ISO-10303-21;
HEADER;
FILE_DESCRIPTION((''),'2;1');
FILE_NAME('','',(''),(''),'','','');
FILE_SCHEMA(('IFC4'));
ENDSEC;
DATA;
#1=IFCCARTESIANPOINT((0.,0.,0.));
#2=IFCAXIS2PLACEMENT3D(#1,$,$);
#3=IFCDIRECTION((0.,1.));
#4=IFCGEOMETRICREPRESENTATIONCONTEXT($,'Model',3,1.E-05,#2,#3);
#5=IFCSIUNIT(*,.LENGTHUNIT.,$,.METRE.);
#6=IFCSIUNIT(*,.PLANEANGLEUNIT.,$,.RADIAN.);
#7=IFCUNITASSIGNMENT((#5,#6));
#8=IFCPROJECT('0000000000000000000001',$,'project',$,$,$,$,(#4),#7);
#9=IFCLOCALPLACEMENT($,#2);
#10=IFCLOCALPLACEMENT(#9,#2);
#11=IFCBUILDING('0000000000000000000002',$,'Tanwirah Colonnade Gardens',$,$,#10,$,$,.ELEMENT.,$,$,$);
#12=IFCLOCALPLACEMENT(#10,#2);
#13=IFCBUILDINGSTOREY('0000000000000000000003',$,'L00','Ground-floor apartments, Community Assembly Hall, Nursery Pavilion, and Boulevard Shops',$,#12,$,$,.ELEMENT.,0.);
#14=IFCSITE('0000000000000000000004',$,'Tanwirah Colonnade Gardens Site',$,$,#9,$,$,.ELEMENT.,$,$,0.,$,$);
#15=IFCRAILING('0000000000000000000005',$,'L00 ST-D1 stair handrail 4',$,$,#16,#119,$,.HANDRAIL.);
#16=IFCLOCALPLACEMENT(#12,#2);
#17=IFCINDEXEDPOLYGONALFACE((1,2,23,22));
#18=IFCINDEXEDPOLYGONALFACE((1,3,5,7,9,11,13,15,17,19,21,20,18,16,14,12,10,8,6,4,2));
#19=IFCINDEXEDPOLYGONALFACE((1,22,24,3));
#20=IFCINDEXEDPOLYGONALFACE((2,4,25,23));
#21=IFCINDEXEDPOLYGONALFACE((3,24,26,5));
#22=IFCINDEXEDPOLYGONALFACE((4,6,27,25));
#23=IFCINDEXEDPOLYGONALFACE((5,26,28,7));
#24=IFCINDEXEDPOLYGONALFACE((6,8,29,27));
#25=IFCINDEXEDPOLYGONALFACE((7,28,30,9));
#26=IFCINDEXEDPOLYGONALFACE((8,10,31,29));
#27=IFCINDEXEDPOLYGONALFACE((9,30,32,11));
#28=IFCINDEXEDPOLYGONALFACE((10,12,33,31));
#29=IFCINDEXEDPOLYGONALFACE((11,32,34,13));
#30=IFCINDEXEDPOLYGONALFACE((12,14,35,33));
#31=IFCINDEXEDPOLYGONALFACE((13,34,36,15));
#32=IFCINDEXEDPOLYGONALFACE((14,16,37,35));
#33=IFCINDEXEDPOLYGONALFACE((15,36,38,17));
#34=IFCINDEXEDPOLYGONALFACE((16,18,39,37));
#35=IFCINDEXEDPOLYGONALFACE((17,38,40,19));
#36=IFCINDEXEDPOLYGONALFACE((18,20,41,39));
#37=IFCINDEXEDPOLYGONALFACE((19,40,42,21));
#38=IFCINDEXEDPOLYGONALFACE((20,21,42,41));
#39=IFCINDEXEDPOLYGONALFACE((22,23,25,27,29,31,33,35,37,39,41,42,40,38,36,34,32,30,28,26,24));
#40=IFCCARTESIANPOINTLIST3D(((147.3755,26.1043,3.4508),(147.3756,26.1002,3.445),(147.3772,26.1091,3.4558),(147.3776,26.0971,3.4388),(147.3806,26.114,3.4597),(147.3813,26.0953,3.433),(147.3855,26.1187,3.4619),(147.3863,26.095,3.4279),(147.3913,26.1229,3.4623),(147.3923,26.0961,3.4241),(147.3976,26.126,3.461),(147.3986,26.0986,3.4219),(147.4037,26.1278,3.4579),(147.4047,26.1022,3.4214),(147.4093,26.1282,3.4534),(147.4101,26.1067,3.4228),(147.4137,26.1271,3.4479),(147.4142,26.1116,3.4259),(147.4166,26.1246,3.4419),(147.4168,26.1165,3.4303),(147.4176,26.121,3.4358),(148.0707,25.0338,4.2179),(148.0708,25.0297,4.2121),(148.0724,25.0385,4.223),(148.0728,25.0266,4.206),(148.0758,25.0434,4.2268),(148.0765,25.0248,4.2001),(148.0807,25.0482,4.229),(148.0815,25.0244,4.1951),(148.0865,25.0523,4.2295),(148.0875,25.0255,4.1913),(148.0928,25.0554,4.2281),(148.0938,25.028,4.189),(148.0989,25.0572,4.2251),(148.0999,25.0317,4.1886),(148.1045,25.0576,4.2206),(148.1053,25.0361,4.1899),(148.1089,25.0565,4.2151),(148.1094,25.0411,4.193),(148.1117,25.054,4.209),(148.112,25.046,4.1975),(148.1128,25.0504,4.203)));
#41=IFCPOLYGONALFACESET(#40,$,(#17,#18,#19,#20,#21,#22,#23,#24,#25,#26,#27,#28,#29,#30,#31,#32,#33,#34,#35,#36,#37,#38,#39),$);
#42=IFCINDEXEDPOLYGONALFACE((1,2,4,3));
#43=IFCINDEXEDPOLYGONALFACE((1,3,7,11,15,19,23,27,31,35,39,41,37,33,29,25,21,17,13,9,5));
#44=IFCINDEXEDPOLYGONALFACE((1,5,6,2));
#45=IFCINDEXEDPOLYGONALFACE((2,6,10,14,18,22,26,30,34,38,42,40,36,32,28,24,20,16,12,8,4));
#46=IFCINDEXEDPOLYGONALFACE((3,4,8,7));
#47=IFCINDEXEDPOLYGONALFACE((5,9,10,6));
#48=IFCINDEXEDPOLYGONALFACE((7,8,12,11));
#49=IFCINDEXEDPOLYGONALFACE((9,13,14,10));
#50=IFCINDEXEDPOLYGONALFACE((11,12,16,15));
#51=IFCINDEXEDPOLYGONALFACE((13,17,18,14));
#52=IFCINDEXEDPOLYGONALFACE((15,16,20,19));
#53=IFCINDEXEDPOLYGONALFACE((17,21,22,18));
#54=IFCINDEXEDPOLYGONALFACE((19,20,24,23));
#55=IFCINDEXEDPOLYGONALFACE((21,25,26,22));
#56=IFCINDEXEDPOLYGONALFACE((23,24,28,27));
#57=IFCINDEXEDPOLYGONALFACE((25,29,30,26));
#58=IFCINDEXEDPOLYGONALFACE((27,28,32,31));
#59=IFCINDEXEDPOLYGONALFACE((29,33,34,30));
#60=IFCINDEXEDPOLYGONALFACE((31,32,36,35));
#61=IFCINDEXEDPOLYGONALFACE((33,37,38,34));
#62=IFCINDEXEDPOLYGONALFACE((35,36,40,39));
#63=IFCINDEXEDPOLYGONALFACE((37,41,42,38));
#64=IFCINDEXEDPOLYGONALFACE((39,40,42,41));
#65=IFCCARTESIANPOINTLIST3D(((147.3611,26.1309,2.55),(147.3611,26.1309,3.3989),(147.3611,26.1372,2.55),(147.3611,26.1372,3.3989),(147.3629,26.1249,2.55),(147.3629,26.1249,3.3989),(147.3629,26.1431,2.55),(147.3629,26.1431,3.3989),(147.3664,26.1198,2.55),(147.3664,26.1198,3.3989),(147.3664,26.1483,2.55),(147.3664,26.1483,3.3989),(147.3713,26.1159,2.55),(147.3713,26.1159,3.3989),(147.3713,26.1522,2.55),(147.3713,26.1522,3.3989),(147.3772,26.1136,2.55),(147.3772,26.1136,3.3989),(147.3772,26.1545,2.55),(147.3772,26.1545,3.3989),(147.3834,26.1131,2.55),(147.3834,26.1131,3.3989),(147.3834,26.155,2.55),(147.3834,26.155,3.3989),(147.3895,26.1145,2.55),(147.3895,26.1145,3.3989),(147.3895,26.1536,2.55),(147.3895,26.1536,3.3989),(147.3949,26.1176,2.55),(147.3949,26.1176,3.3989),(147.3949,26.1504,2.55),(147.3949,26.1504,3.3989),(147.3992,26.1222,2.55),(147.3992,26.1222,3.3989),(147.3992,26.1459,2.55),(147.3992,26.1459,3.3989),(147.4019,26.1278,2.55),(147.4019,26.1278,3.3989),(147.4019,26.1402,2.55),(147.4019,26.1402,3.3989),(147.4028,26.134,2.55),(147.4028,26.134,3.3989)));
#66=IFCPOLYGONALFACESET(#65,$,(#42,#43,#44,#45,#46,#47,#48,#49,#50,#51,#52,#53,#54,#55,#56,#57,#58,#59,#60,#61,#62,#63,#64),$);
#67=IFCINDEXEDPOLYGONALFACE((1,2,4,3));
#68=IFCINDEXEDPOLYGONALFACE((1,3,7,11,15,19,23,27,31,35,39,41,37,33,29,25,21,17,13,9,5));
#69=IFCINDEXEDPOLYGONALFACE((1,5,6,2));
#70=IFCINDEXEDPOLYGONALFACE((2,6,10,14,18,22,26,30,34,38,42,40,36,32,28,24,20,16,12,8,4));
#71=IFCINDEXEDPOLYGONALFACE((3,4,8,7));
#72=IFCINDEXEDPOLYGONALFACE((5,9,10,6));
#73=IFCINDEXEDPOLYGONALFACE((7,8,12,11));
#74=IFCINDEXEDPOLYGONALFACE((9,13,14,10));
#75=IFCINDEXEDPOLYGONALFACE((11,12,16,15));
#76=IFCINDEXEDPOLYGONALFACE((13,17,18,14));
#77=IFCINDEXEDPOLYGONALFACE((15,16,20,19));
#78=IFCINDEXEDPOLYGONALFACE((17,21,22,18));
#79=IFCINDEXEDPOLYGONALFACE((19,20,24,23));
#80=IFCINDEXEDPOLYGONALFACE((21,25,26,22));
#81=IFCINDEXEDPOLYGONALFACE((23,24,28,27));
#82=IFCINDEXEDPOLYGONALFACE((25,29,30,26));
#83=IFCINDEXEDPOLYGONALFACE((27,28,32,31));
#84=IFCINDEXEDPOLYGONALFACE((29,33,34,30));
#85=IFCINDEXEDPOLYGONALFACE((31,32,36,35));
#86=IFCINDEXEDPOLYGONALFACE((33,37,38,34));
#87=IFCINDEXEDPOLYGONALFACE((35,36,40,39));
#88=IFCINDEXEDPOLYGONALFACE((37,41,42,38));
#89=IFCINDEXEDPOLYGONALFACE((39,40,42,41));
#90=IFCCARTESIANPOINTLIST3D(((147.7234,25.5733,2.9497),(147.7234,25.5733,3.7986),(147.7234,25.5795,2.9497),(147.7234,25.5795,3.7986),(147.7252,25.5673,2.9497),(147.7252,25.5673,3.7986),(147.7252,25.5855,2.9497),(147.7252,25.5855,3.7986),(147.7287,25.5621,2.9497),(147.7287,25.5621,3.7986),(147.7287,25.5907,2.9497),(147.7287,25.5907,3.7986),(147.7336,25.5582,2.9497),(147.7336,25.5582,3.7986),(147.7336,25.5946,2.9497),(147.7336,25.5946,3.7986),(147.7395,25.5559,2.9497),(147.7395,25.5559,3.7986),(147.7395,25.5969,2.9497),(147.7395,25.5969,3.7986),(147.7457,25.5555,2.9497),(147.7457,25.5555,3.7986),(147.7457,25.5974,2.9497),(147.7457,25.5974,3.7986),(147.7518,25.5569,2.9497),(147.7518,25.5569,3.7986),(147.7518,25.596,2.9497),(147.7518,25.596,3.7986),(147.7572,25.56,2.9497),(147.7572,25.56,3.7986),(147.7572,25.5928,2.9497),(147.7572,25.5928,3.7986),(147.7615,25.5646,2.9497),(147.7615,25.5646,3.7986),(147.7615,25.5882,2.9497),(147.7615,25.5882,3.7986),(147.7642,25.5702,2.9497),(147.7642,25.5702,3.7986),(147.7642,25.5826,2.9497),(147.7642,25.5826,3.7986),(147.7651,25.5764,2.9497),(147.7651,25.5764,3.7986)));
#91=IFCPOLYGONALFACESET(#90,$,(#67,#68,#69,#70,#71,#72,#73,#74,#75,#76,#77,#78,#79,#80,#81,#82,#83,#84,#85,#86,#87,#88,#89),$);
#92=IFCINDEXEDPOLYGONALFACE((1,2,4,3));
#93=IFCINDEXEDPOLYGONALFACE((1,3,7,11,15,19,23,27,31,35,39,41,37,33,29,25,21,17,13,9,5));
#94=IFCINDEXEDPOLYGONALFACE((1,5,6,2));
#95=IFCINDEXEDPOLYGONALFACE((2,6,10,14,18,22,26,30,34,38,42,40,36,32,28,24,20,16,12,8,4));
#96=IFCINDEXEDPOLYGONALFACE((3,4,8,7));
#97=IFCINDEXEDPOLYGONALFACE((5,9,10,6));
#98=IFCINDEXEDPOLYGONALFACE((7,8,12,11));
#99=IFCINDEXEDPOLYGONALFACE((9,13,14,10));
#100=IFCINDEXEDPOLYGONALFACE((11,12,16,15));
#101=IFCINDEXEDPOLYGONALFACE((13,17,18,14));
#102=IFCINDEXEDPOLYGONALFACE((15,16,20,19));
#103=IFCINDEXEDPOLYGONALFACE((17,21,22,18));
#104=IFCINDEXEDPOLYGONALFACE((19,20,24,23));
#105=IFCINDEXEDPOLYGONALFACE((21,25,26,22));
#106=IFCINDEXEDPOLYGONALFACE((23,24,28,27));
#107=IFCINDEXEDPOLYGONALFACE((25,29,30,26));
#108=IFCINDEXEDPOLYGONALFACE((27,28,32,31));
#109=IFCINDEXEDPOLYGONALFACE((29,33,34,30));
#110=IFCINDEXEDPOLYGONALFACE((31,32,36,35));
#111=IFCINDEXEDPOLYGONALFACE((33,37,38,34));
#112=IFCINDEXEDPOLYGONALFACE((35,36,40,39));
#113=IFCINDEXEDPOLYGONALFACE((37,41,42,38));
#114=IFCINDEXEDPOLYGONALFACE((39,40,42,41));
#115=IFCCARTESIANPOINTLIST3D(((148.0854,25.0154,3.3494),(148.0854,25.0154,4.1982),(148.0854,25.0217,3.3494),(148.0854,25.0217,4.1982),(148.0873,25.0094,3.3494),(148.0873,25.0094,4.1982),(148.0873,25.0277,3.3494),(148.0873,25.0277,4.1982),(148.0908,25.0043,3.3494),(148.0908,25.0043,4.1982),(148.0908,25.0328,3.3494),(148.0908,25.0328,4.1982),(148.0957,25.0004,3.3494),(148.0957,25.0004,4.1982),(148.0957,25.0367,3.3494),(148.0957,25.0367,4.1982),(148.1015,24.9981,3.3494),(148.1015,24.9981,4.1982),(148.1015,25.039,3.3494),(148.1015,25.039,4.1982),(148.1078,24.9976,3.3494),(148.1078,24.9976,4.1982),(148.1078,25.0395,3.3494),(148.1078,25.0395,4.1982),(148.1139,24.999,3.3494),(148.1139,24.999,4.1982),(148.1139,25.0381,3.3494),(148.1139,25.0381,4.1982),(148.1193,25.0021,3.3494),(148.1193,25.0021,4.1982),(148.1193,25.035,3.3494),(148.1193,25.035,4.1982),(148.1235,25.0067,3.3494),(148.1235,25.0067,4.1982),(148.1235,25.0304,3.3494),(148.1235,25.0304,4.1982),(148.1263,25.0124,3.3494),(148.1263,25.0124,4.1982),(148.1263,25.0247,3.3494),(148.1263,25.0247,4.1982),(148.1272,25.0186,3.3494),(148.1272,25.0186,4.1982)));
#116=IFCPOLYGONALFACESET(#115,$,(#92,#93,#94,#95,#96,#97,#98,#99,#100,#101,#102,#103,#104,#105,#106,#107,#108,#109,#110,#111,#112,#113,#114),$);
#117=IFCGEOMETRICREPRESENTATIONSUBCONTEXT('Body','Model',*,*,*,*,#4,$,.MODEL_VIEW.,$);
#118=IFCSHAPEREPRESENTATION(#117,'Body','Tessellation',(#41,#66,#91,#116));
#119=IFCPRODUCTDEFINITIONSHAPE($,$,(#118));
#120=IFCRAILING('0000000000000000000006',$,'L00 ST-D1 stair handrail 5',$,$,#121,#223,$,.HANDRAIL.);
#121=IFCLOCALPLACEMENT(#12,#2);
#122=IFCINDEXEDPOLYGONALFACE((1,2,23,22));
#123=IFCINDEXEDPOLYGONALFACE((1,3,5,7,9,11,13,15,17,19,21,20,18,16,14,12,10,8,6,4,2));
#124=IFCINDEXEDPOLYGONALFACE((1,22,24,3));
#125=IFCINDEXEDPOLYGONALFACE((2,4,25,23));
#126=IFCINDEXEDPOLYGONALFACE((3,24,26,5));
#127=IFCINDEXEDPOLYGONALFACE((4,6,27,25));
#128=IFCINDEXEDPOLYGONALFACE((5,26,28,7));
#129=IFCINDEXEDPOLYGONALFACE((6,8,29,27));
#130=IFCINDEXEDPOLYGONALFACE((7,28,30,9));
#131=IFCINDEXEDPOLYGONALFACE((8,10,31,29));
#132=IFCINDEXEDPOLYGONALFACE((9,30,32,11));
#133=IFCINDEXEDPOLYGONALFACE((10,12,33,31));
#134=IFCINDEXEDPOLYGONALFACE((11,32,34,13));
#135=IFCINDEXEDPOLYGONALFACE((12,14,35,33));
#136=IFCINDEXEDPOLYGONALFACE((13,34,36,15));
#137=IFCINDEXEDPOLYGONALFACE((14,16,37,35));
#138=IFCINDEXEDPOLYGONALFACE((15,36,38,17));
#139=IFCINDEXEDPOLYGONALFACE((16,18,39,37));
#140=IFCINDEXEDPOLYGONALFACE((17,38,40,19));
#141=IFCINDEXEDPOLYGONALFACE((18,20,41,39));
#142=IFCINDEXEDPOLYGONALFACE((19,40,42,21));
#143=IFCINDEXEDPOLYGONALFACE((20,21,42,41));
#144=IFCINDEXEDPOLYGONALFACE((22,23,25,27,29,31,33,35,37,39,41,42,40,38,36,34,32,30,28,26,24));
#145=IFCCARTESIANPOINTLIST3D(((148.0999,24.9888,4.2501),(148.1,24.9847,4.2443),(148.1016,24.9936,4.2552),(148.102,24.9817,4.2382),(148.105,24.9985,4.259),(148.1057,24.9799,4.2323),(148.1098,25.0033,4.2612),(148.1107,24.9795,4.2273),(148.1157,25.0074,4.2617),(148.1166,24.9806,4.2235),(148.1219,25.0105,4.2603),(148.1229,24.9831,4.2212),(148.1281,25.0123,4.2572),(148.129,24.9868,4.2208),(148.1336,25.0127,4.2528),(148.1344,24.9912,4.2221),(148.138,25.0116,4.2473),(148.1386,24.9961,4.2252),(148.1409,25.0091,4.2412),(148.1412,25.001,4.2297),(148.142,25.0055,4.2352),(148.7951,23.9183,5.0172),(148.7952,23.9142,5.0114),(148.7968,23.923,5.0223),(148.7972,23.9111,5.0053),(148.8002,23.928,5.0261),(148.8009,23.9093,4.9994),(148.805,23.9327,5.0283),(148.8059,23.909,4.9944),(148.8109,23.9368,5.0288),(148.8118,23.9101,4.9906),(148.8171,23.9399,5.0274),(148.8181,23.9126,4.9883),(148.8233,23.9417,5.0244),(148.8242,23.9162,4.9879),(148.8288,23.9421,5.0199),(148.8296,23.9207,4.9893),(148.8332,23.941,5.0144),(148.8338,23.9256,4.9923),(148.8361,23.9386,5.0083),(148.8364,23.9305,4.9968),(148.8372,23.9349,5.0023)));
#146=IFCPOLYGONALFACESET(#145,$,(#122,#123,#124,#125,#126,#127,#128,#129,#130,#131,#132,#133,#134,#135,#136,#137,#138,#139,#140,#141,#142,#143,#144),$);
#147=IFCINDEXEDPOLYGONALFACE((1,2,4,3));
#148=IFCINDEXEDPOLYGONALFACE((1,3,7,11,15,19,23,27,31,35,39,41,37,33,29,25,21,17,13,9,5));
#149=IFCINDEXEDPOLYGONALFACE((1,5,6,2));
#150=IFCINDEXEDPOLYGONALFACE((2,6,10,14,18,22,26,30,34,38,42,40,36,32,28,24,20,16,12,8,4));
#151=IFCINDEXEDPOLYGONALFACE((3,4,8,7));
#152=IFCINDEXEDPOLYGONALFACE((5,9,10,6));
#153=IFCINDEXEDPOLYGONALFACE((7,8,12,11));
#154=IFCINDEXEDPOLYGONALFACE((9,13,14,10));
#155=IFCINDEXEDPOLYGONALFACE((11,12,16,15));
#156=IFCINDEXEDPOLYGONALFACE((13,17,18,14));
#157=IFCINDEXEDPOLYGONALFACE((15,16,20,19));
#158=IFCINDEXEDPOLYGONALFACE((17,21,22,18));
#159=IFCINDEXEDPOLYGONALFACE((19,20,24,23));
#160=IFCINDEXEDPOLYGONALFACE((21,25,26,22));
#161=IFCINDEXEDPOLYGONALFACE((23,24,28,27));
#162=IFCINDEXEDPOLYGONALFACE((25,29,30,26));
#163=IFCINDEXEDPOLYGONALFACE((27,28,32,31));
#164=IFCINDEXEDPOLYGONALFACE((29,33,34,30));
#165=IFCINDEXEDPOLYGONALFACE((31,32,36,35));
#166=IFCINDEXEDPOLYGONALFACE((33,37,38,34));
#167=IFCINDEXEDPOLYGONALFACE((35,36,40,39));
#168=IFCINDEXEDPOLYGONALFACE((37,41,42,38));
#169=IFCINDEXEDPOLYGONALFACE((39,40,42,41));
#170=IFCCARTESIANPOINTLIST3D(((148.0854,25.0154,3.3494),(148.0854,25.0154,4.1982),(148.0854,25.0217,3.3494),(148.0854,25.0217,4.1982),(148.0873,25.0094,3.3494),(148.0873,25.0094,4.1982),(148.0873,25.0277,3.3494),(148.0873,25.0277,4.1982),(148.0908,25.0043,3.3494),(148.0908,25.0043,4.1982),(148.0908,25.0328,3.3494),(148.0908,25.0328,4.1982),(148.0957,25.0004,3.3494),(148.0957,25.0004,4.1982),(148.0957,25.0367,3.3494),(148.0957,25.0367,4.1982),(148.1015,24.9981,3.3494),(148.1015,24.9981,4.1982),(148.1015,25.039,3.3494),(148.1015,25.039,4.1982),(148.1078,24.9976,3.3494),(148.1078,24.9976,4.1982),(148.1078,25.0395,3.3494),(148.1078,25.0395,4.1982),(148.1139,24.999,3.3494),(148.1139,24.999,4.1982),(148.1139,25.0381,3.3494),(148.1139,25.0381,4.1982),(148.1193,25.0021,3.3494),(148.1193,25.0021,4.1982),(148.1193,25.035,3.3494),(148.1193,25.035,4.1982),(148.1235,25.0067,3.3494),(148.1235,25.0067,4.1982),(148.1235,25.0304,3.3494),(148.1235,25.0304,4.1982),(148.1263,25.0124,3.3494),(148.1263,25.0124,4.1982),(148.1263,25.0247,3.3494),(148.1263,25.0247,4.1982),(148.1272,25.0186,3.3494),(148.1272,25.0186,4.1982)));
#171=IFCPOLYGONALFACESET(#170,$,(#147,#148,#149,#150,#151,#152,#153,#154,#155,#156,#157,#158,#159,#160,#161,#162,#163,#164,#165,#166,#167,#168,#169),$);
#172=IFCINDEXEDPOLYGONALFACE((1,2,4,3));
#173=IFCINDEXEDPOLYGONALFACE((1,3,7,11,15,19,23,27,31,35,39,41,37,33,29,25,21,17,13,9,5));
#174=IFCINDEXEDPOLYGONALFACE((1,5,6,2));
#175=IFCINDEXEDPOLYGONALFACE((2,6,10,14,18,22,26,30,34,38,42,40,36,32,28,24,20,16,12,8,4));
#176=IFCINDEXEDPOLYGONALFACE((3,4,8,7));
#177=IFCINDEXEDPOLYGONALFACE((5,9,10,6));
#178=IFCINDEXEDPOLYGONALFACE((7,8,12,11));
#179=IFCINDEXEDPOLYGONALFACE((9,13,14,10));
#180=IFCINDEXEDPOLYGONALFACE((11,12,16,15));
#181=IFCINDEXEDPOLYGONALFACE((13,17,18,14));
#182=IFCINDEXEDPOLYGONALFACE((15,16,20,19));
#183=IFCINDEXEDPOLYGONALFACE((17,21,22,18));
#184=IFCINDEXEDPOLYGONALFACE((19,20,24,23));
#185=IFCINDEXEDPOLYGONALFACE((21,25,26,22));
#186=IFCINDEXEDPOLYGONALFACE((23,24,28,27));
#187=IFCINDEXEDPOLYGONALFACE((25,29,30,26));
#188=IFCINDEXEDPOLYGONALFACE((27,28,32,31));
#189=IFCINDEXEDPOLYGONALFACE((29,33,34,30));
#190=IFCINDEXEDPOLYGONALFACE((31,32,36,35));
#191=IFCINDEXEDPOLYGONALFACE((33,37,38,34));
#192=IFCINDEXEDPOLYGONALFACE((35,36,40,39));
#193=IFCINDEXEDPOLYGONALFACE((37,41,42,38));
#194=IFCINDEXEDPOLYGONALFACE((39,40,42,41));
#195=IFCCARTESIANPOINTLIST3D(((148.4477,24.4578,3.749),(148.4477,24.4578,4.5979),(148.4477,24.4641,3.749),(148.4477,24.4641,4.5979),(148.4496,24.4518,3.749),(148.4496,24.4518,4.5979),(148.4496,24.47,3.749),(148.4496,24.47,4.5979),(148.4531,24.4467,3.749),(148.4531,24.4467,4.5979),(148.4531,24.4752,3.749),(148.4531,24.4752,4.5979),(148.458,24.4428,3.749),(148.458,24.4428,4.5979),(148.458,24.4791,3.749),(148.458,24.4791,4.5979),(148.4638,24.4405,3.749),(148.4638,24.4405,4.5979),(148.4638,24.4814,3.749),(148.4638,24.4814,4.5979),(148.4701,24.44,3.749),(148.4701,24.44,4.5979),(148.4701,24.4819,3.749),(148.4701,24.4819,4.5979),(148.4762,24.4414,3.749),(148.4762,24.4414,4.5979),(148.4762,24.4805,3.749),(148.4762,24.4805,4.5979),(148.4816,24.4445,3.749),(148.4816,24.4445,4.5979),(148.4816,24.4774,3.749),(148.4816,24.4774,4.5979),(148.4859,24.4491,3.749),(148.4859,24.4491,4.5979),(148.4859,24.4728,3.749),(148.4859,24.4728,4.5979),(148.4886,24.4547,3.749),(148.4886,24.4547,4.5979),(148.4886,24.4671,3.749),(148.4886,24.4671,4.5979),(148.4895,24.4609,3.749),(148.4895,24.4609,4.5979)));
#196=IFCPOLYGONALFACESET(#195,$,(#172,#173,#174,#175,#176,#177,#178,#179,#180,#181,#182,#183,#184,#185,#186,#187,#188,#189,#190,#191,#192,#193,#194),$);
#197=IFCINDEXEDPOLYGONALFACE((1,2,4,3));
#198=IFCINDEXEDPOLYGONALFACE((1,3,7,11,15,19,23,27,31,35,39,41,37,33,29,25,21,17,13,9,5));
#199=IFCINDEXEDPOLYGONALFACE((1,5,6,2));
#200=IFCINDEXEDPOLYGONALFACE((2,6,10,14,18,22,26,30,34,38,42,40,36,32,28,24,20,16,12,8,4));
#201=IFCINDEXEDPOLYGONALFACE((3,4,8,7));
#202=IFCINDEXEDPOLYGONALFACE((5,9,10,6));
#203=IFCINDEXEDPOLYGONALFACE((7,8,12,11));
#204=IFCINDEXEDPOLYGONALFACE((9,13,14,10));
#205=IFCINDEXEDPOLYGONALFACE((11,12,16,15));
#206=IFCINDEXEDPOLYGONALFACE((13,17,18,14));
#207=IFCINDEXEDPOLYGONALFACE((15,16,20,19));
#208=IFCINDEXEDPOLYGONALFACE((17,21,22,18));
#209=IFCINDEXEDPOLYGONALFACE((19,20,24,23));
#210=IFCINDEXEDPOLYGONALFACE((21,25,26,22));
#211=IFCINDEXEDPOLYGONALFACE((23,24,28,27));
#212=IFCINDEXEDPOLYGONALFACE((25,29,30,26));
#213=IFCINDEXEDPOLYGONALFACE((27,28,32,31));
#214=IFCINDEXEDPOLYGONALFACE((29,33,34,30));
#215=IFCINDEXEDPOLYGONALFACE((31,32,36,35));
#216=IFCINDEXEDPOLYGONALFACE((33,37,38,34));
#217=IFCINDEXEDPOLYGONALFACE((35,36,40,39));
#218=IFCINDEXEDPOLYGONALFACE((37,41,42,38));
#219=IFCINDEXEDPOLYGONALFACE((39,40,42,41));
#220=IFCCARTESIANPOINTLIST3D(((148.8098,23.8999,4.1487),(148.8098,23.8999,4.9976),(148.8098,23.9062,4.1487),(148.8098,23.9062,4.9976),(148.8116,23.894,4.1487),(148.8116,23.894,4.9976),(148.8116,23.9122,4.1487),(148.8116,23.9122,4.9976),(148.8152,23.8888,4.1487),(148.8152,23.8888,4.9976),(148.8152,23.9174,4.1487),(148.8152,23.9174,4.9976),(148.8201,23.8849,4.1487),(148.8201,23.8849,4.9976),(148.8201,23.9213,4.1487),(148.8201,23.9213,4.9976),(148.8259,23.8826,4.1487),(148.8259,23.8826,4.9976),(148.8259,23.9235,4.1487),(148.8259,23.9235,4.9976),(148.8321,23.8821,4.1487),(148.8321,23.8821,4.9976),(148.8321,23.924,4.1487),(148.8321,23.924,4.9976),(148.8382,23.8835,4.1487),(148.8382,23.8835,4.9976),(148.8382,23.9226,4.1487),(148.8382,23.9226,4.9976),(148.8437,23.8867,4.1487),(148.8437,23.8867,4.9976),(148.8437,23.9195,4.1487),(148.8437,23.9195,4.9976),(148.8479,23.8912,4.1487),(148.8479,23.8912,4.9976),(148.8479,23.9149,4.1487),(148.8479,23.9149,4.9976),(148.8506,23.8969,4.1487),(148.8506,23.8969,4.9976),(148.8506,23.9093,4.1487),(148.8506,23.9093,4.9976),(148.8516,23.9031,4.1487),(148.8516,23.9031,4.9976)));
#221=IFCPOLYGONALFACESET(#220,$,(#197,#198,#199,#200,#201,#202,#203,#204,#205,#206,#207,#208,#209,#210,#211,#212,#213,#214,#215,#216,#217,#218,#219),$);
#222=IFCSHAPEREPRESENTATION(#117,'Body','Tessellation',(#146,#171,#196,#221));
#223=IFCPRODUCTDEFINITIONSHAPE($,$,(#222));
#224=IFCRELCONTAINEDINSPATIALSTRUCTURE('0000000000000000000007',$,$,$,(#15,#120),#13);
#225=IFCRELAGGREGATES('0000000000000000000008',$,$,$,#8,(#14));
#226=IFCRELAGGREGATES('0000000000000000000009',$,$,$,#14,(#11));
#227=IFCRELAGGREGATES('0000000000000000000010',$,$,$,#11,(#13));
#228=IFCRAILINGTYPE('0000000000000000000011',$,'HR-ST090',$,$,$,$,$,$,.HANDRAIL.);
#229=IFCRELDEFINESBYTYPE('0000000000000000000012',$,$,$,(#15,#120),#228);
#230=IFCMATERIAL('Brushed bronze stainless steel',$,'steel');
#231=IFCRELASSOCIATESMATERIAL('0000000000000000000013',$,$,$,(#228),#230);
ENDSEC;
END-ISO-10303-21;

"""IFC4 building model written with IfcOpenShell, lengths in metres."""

from ifc_helpers import new_model, si_unit, direction, frame, origin, origin_2d, place, context, subcontext, project, spatial, circle, extrude, material, type_object, element, save


model = new_model("IFC4")

# Units and contexts
model_context = context("Model", 3, precision=1e-05, world=origin(), true_north=direction((0.0, 1.0)))
body_context = subcontext(model_context, "Body", "Model", "MODEL_VIEW")
ifc_project = project(units=[si_unit("LENGTHUNIT", "METRE"), si_unit("PLANEANGLEUNIT", "RADIAN")], contexts=[model_context])

# Site, building, storey
site_placement = place(None, origin())
site = spatial("IfcSite", under=ifc_project, at=site_placement, Name="Tanwirah Colonnade Gardens Site", CompositionType="ELEMENT", RefElevation=0.0)
building_placement = place(site_placement, origin())
building = spatial("IfcBuilding", under=site, at=building_placement, Name="Tanwirah Colonnade Gardens", CompositionType="ELEMENT")
storey_placement = place(building_placement, origin())
storey = spatial("IfcBuildingStorey", under=building, at=storey_placement, Name="L00", Description="Ground-floor apartments, Community Assembly Hall, Nursery Pavilion, and Boulevard Shops", CompositionType="ELEMENT", Elevation=0.0)

# Railings
ifc_material_1 = material(Name="Brushed bronze stainless steel", Category="steel")
railing_type_1 = type_object("IfcRailingType", Name="HR-ST090", PredefinedType="HANDRAIL", material=ifc_material_1)
for number, where, name in (
    (1, (147.3818, 26.134, 2.55), "L00 ST-D1 stair handrail 4"),
    (2, (148.1062, 25.0186, 3.3494), "L00 ST-D1 stair handrail 5"),
):
    element("IfcRailing", number, at=place(storey_placement, frame(where)), inside=storey, type_object=railing_type_1, Name=name, PredefinedType="HANDRAIL", context=body_context, shape_type="SweptSolid", body=[
        extrude(circle(Radius=0.0239, at=origin_2d()), frame((0.0146, -0.0225, 0.8918), z_axis=(0.466808, -0.718856, 0.515109), x_axis=(0.838683, 0.544621, 0.0)), (0.0, 0.0, 1.0), 1.4893),
        extrude(circle(Radius=0.021, at=origin_2d()), origin(), (0.0, 0.0, 1.0), 0.8489),
        extrude(circle(Radius=0.021, at=origin_2d()), frame((0.3623, -0.5576, 0.3997)), (0.0, 0.0, 1.0), 0.8489),
        extrude(circle(Radius=0.021, at=origin_2d()), frame((0.7244, -1.1155, 0.7993)), (0.0, 0.0, 1.0), 0.8489),
    ])

save(model, "model.ifc")
